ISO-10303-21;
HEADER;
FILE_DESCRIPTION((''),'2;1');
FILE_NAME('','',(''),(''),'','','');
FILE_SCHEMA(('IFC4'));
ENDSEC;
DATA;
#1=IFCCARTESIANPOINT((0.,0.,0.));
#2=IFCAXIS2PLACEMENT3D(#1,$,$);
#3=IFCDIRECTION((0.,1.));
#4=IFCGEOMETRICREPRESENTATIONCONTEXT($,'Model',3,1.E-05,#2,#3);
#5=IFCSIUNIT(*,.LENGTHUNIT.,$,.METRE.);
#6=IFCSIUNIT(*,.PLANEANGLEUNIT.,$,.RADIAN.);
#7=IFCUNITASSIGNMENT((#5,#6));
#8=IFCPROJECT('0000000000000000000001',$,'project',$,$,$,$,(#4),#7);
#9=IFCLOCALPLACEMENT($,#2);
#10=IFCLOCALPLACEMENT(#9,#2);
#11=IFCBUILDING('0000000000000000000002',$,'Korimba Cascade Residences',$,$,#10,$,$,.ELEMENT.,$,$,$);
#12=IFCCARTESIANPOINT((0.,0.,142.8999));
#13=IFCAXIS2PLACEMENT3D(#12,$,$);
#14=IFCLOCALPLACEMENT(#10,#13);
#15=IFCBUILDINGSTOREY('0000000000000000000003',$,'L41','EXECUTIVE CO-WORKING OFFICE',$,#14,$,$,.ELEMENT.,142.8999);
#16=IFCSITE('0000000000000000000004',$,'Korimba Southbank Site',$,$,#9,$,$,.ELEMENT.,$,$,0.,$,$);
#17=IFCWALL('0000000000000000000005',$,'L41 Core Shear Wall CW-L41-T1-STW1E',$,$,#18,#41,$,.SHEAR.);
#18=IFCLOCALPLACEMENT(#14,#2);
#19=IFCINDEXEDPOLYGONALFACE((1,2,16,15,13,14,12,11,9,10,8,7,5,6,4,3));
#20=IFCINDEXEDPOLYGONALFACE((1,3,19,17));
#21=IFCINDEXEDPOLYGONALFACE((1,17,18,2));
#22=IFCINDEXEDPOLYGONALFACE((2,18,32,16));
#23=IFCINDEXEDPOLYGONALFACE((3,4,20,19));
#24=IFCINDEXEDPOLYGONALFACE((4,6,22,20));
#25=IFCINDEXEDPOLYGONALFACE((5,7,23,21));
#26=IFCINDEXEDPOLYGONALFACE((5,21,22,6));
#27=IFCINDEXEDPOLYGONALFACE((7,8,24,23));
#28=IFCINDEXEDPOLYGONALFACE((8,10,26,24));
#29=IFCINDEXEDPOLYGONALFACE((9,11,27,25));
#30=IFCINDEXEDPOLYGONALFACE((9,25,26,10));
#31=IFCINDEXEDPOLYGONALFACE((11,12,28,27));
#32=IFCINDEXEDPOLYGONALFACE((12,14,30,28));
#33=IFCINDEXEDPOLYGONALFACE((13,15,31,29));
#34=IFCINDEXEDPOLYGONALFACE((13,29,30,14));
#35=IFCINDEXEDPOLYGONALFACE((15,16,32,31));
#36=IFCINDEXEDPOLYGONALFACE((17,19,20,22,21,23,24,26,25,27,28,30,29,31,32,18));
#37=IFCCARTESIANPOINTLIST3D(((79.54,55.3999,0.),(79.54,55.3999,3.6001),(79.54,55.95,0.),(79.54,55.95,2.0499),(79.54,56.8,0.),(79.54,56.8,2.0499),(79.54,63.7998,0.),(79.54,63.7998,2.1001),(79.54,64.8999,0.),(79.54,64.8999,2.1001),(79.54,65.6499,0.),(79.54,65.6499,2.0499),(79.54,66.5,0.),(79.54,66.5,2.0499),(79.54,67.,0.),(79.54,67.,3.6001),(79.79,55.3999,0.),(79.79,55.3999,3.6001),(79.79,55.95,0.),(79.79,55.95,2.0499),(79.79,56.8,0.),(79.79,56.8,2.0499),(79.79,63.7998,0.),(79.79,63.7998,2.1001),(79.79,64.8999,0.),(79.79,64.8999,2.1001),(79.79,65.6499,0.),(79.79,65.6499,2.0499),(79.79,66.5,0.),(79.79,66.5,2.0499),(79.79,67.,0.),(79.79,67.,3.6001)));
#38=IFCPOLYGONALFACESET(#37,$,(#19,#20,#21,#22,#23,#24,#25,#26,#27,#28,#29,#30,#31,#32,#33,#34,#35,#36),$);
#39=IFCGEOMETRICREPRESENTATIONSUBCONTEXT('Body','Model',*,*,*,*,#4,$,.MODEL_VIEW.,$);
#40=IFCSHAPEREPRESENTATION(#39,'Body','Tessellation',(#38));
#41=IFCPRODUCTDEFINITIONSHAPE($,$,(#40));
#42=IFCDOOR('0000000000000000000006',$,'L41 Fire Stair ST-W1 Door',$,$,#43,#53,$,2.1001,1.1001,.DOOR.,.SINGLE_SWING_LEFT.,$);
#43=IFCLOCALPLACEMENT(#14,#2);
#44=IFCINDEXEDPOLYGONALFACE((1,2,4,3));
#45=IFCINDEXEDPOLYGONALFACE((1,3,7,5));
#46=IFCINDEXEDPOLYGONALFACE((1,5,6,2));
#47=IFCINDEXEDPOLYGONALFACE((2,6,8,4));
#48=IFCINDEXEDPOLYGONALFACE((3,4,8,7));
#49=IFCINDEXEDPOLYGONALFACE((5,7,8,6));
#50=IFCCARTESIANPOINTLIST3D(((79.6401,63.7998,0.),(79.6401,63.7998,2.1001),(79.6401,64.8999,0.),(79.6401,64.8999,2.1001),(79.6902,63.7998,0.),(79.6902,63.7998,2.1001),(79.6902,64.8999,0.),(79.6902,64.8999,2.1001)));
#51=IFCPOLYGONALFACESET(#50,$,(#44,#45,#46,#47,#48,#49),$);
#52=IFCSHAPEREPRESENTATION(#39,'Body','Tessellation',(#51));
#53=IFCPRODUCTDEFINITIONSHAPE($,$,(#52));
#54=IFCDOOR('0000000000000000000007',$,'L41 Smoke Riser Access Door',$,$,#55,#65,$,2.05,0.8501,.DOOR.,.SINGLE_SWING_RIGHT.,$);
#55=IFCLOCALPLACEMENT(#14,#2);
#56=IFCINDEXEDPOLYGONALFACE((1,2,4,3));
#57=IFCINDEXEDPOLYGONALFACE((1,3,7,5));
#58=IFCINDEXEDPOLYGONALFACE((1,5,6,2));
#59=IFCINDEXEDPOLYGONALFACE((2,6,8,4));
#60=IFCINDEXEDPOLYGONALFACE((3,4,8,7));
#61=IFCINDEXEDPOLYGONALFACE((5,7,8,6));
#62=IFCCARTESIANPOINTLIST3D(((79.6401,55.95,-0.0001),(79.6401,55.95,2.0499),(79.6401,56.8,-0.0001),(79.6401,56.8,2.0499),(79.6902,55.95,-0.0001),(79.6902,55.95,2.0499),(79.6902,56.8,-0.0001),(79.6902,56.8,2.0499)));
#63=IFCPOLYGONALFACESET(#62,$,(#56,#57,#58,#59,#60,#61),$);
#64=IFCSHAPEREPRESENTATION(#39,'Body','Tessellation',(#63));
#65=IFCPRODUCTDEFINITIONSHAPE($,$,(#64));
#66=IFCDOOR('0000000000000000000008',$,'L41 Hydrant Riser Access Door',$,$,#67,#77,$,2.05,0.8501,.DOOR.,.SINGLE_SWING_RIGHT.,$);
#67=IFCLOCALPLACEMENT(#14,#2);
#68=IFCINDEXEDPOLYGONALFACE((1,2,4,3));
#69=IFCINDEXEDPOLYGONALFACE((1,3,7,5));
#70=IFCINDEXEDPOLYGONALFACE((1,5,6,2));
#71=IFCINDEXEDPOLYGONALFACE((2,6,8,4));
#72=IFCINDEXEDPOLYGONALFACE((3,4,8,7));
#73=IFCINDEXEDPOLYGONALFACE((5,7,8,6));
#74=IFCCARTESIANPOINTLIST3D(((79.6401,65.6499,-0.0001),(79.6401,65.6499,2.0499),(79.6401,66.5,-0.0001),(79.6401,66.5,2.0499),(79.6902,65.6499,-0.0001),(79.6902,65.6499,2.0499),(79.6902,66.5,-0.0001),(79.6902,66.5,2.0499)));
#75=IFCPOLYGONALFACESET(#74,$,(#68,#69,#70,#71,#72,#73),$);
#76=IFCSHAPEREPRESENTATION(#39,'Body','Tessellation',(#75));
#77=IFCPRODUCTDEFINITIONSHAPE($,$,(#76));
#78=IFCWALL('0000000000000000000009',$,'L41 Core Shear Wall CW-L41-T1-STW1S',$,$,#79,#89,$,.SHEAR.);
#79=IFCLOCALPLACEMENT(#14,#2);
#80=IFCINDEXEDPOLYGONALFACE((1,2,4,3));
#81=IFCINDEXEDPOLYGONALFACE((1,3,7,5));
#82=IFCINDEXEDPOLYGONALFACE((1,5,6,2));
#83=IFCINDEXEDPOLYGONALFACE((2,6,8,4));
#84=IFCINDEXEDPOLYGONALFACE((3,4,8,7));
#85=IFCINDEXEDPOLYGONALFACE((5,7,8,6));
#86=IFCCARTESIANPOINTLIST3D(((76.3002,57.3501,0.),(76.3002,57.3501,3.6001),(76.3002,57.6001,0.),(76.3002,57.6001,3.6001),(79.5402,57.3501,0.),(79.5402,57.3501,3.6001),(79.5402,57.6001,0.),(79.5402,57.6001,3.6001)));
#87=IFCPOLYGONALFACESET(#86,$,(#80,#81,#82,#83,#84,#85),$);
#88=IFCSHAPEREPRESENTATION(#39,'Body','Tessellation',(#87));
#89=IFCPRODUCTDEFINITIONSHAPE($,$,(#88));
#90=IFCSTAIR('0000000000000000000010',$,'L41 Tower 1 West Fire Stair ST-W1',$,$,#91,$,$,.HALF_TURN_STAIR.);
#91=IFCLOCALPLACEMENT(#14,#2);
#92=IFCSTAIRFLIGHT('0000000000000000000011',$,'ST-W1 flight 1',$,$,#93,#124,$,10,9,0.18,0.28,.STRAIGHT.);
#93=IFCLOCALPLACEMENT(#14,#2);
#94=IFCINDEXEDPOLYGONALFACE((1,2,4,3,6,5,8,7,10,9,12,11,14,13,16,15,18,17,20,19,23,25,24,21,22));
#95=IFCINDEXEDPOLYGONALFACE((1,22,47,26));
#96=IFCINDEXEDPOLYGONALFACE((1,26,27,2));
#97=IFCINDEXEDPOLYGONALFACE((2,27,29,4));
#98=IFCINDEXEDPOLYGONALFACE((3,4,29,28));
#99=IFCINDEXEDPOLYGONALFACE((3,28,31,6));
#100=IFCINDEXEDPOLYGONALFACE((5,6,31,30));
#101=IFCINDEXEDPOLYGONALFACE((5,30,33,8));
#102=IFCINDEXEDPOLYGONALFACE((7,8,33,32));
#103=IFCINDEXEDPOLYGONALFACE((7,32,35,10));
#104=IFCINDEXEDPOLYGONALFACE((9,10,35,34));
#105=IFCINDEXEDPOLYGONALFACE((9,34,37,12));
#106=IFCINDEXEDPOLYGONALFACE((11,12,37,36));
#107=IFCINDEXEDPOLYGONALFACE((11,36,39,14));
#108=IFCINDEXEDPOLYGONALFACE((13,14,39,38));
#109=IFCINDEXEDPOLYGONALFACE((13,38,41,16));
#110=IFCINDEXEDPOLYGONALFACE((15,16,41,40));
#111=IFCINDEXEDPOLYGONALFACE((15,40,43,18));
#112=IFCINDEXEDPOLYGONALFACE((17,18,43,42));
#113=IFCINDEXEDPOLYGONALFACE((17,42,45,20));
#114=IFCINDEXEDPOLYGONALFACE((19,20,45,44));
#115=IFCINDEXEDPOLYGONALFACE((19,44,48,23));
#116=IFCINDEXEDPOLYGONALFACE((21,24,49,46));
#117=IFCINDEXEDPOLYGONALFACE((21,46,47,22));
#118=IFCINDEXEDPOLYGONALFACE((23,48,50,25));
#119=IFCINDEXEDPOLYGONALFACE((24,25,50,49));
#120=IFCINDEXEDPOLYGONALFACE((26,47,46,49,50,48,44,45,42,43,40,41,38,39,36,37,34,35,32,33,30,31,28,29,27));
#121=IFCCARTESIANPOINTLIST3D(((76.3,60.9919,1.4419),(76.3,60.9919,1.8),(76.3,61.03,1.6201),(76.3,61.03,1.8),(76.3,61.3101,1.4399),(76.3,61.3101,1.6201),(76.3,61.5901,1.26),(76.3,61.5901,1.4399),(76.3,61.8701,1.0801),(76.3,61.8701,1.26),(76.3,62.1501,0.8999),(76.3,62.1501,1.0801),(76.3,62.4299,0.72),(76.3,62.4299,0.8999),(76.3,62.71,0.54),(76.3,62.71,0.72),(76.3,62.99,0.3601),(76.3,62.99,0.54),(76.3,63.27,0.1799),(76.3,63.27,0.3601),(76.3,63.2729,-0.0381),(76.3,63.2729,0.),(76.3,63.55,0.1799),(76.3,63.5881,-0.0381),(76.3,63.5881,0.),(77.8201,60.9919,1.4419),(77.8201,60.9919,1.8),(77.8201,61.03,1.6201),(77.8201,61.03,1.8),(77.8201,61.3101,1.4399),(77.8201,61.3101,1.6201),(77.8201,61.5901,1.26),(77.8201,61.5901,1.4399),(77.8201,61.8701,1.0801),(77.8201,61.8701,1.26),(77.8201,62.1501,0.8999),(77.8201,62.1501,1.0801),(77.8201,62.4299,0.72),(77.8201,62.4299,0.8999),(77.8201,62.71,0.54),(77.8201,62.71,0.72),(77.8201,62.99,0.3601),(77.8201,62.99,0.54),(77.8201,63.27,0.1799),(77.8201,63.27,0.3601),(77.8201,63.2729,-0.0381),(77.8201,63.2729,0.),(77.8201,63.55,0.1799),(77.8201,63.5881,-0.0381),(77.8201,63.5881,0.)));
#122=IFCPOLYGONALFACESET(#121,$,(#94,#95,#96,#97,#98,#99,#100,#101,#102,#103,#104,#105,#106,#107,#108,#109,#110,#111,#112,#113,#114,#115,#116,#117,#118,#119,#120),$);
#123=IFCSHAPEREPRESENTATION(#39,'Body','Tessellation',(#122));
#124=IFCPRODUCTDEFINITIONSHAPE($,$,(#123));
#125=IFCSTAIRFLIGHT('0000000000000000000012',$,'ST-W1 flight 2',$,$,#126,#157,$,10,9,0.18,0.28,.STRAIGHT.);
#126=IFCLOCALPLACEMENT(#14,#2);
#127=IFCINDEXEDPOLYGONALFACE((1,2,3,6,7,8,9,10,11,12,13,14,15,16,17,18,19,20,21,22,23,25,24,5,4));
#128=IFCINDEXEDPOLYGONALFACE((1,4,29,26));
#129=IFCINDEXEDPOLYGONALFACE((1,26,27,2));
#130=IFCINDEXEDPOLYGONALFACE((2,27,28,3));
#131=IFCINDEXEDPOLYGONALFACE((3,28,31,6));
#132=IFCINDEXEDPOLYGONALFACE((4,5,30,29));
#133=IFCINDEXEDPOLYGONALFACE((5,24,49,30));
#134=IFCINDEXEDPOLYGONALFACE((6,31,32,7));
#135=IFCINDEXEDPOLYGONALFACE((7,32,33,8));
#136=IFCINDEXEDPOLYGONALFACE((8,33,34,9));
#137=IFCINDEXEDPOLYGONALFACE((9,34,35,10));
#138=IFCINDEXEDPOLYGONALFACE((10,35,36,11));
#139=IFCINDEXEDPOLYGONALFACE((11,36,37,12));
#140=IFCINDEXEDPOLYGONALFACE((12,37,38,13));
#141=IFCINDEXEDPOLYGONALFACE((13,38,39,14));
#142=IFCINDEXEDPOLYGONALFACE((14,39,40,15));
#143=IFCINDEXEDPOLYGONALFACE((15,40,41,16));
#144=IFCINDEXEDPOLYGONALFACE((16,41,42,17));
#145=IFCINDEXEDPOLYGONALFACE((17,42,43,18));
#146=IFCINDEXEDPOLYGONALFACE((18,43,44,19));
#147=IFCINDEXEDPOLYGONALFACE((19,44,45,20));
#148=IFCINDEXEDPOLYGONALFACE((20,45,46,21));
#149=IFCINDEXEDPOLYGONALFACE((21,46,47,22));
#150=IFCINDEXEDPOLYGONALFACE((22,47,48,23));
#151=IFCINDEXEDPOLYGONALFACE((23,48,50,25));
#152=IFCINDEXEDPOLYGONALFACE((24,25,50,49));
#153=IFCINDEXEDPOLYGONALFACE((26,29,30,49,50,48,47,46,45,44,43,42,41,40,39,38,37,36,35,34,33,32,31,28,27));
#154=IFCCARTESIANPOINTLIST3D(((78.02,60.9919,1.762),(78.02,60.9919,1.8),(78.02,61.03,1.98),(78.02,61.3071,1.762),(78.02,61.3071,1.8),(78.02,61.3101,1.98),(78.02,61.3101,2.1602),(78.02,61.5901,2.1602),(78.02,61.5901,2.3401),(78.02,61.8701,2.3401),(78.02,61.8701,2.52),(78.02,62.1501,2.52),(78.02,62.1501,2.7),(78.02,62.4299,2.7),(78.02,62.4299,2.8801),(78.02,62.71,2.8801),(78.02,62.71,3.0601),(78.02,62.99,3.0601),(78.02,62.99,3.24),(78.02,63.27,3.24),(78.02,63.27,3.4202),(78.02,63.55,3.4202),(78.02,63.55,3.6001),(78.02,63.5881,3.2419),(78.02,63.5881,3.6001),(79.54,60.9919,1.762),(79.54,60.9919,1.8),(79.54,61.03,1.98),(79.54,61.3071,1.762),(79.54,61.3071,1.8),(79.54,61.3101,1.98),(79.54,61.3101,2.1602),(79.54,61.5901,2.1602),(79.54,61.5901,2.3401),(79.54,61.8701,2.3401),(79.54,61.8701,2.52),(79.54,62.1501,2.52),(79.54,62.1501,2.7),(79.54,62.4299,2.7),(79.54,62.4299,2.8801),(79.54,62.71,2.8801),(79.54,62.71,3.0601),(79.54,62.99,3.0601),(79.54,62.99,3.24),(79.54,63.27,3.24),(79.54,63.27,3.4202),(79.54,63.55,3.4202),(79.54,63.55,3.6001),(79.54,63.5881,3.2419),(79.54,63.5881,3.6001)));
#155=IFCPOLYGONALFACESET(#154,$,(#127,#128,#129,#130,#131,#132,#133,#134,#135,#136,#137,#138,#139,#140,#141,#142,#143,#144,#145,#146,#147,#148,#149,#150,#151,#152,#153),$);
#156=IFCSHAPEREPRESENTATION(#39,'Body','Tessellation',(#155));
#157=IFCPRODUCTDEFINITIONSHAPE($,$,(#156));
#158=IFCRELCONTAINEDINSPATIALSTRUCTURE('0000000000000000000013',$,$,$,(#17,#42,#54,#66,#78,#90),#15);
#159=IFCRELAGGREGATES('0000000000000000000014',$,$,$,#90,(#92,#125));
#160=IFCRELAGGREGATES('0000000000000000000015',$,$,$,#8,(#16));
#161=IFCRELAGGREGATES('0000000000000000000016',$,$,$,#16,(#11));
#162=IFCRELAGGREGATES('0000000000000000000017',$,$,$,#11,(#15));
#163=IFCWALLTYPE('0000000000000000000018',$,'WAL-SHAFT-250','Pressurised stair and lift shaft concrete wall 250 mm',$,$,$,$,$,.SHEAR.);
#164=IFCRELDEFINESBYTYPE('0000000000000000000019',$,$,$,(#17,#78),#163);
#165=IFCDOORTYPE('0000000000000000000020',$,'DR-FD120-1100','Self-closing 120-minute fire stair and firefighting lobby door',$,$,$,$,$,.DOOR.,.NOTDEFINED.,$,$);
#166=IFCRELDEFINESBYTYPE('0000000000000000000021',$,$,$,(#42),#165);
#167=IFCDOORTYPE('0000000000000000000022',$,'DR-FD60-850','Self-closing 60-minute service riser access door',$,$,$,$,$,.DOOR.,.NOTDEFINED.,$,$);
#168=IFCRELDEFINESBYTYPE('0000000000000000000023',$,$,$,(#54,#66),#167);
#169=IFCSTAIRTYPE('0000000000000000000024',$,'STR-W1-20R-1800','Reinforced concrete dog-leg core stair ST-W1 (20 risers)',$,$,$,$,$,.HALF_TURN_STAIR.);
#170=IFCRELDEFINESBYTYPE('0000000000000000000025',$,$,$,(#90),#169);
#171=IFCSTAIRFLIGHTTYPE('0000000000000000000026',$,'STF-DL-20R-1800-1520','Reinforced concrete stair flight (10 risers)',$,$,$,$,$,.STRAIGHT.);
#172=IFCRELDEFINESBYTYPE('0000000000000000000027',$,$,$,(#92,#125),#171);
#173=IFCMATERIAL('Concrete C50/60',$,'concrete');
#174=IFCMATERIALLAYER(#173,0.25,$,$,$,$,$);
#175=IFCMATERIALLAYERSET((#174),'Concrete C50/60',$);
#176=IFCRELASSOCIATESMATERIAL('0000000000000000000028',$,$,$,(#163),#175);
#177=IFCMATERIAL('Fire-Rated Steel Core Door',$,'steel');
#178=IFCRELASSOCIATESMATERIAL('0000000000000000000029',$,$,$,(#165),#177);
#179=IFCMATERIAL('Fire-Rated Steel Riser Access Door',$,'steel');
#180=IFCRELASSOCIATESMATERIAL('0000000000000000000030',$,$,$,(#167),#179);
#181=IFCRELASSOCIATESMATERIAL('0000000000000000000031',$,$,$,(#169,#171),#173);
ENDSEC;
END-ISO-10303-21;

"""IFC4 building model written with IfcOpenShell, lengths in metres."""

from ifc_helpers import new_model, si_unit, direction, frame, frame_2d, origin, place, context, subcontext, project, spatial, polyline, rectangle, outline, extrude, material, layer, layer_set, type_object, element, fill, aggregate, save


model = new_model("IFC4")

# Units and contexts
model_context = context("Model", 3, precision=1e-05, world=origin(), true_north=direction((0.0, 1.0)))
body_context = subcontext(model_context, "Body", "Model", "MODEL_VIEW")
ifc_project = project(units=[si_unit("LENGTHUNIT", "METRE"), si_unit("PLANEANGLEUNIT", "RADIAN")], contexts=[model_context])

# Site, building, storey
site_placement = place(None, origin())
site = spatial("IfcSite", under=ifc_project, at=site_placement, Name="Korimba Southbank Site", CompositionType="ELEMENT", RefElevation=0.0)
building_placement = place(site_placement, origin())
building = spatial("IfcBuilding", under=site, at=building_placement, Name="Korimba Cascade Residences", CompositionType="ELEMENT")
storey_placement = place(building_placement, frame((0.0, 0.0, 142.8999)))
storey = spatial("IfcBuildingStorey", under=building, at=storey_placement, Name="L41", Description="EXECUTIVE CO-WORKING OFFICE", CompositionType="ELEMENT", Elevation=142.8999)

# Wall, openings, doors
ifc_material_1 = material(Name="Concrete C50/60", Category="concrete")
ifc_layer_1 = layer(ifc_material_1, 0.25)
ifc_layer_set_1 = layer_set([ifc_layer_1], Name="Concrete C50/60")
wall_type_1 = type_object("IfcWallType", Name="WAL-SHAFT-250", Description="Pressurised stair and lift shaft concrete wall 250 mm", PredefinedType="SHEAR", material=ifc_layer_set_1)
wall_1_placement = place(storey_placement, frame((79.665, 55.3999, 0.0), z_axis=(0.0, 0.0, 1.0), x_axis=(0.0, 1.0, 0.0)))
wall_1 = element("IfcWall", 1, at=wall_1_placement, inside=storey, type_object=wall_type_1, Name="L41 Core Shear Wall CW-L41-T1-STW1E", PredefinedType="SHEAR", context=body_context, shape_type="SweptSolid", body=[
    extrude(rectangle(XDim=11.6001, YDim=0.25, at=frame_2d((5.8, 0.0))), origin(), (0.0, 0.0, 1.0), 3.6001),
])
opening_1_placement = place(wall_1_placement, frame((0.55, 0.0, 0.0)))
opening_1 = element("IfcOpeningElement", 2, at=opening_1_placement, cuts=wall_1, PredefinedType="OPENING", context=body_context, shape_type="SweptSolid", body=[
    extrude(rectangle(XDim=0.8501, YDim=2.05, at=frame_2d((0.425, 1.0249))), frame((0.0, 0.135, 0.0), z_axis=(0.0, -1.0, 0.0), x_axis=(1.0, 0.0, 0.0)), (0.0, 0.0, 1.0), 0.27),
])
opening_2_placement = place(wall_1_placement, frame((8.3999, 0.0, 0.0)))
opening_2 = element("IfcOpeningElement", 3, at=opening_2_placement, cuts=wall_1, PredefinedType="OPENING", context=body_context, shape_type="SweptSolid", body=[
    extrude(rectangle(XDim=1.1001, YDim=2.1001, at=frame_2d((0.55, 1.05))), frame((0.0, 0.135, 0.0), z_axis=(0.0, -1.0, 0.0), x_axis=(1.0, 0.0, 0.0)), (0.0, 0.0, 1.0), 0.27),
])
opening_3_placement = place(wall_1_placement, frame((10.25, 0.0, 0.0)))
opening_3 = element("IfcOpeningElement", 4, at=opening_3_placement, cuts=wall_1, PredefinedType="OPENING", context=body_context, shape_type="SweptSolid", body=[
    extrude(rectangle(XDim=0.8501, YDim=2.05, at=frame_2d((0.425, 1.0249))), frame((0.0, 0.135, 0.0), z_axis=(0.0, -1.0, 0.0), x_axis=(1.0, 0.0, 0.0)), (0.0, 0.0, 1.0), 0.27),
])
ifc_material_2 = material(Name="Fire-Rated Steel Core Door", Category="steel")
door_type_1 = type_object("IfcDoorType", Name="DR-FD120-1100", Description="Self-closing 120-minute fire stair and firefighting lobby door", OperationType="NOTDEFINED", PredefinedType="DOOR", material=ifc_material_2)
door_1_placement = place(opening_2_placement, origin())
door_1 = element("IfcDoor", 5, at=door_1_placement, inside=storey, type_object=door_type_1, Name="L41 Fire Stair ST-W1 Door", OperationType="SINGLE_SWING_LEFT", OverallHeight=2.1001, OverallWidth=1.1001, PredefinedType="DOOR", context=body_context, shape_type="SweptSolid", body=[
    extrude(rectangle(XDim=1.1001, YDim=2.1001, at=frame_2d((0.55, 1.05))), frame((0.0, 0.0249, 0.0), z_axis=(0.0, -1.0, 0.0), x_axis=(1.0, 0.0, 0.0)), (0.0, 0.0, 1.0), 0.05),
])
fill(opening_2, door_1)
ifc_material_3 = material(Name="Fire-Rated Steel Riser Access Door", Category="steel")
door_type_2 = type_object("IfcDoorType", Name="DR-FD60-850", Description="Self-closing 60-minute service riser access door", OperationType="NOTDEFINED", PredefinedType="DOOR", material=ifc_material_3)
door_2_placement = place(opening_1_placement, origin())
door_2 = element("IfcDoor", 6, at=door_2_placement, inside=storey, type_object=door_type_2, Name="L41 Smoke Riser Access Door", OperationType="SINGLE_SWING_RIGHT", OverallHeight=2.05, OverallWidth=0.8501, PredefinedType="DOOR", context=body_context, shape_type="SweptSolid", body=[
    extrude(rectangle(XDim=0.8501, YDim=2.05, at=frame_2d((0.425, 1.0249))), frame((0.0, 0.0249, 0.0), z_axis=(0.0, -1.0, 0.0), x_axis=(1.0, 0.0, 0.0)), (0.0, 0.0, 1.0), 0.05),
])
fill(opening_1, door_2)
door_3_placement = place(opening_3_placement, origin())
door_3 = element("IfcDoor", 7, at=door_3_placement, inside=storey, type_object=door_type_2, Name="L41 Hydrant Riser Access Door", OperationType="SINGLE_SWING_RIGHT", OverallHeight=2.05, OverallWidth=0.8501, PredefinedType="DOOR", context=body_context, shape_type="SweptSolid", body=[
    extrude(rectangle(XDim=0.8501, YDim=2.05, at=frame_2d((0.425, 1.0249))), frame((0.0, 0.0249, 0.0), z_axis=(0.0, -1.0, 0.0), x_axis=(1.0, 0.0, 0.0)), (0.0, 0.0, 1.0), 0.05),
])
fill(opening_3, door_3)

# Wall
wall_2_placement = place(storey_placement, frame((76.3, 57.4751, 0.0), z_axis=(0.0, 0.0, 1.0), x_axis=(1.0, 0.0, 0.0)))
element("IfcWall", 8, at=wall_2_placement, inside=storey, type_object=wall_type_1, Name="L41 Core Shear Wall CW-L41-T1-STW1S", PredefinedType="SHEAR", context=body_context, shape_type="SweptSolid", body=[
    extrude(rectangle(XDim=3.24, YDim=0.25, at=frame_2d((1.6201, 0.0))), origin(), (0.0, 0.0, 1.0), 3.6001),
])

# Stair, stair flights
stair_type = type_object("IfcStairType", Name="STR-W1-20R-1800", Description="Reinforced concrete dog-leg core stair ST-W1 (20 risers)", PredefinedType="HALF_TURN_STAIR", material=ifc_material_1)
stair_placement = place(storey_placement, origin())
stair = element("IfcStair", 9, at=stair_placement, inside=storey, type_object=stair_type, Name="L41 Tower 1 West Fire Stair ST-W1", PredefinedType="HALF_TURN_STAIR")
stair_flight_type = type_object("IfcStairFlightType", Name="STF-DL-20R-1800-1520", Description="Reinforced concrete stair flight (10 risers)", PredefinedType="STRAIGHT", material=ifc_material_1)
stair_flight_1_placement = place(storey_placement, frame((77.0601, 63.55, 0.0), z_axis=(0.0, 0.0, 1.0), x_axis=(0.0, -1.0, 0.0)))
stair_flight_1 = element("IfcStairFlight", 10, at=stair_flight_1_placement, type_object=stair_flight_type, Name="ST-W1 flight 1", NumberOfRisers=10, NumberOfTreads=9, PredefinedType="STRAIGHT", RiserHeight=0.18, TreadLength=0.28, context=body_context, shape_type="SweptSolid", body=[
    extrude(outline(polyline([(-0.0381, 0.0), (0.0, 0.1799), (0.28, 0.1799), (0.28, 0.3601), (0.5601, 0.3601), (0.5601, 0.54), (0.8401, 0.54), (0.8401, 0.72), (1.1201, 0.72), (1.1201, 0.8999), (1.3999, 0.8999), (1.3999, 1.0801), (1.6799, 1.0801), (1.6799, 1.26), (1.96, 1.26), (1.96, 1.4399), (2.24, 1.4399), (2.24, 1.6201), (2.52, 1.6201), (2.52, 1.8), (2.5581, 1.8), (2.5581, 1.4419), (0.2771, 0.0), (0.2771, -0.0381), (-0.0381, -0.0381), (-0.0381, 0.0)])), frame((0.0, 0.76, 0.0), z_axis=(0.0, -1.0, 0.0), x_axis=(1.0, 0.0, 0.0)), (0.0, 0.0, 1.0), 1.52),
])
stair_flight_2_placement = place(storey_placement, frame((78.78, 61.03, 1.8), z_axis=(0.0, 0.0, 1.0), x_axis=(0.0, 1.0, 0.0)))
stair_flight_2 = element("IfcStairFlight", 11, at=stair_flight_2_placement, type_object=stair_flight_type, Name="ST-W1 flight 2", NumberOfRisers=10, NumberOfTreads=9, PredefinedType="STRAIGHT", RiserHeight=0.18, TreadLength=0.28, context=body_context, shape_type="SweptSolid", body=[
    extrude(outline(polyline([(-0.0381, 0.0), (0.0, 0.1799), (0.28, 0.1799), (0.28, 0.3601), (0.5601, 0.3601), (0.5601, 0.54), (0.8401, 0.54), (0.8401, 0.72), (1.1201, 0.72), (1.1201, 0.8999), (1.3999, 0.8999), (1.3999, 1.0801), (1.6799, 1.0801), (1.6799, 1.26), (1.96, 1.26), (1.96, 1.4399), (2.24, 1.4399), (2.24, 1.6201), (2.52, 1.6201), (2.52, 1.8), (2.5581, 1.8), (2.5581, 1.4419), (0.2771, 0.0), (0.2771, -0.0381), (-0.0381, -0.0381), (-0.0381, 0.0)])), frame((0.0, 0.76, 0.0), z_axis=(0.0, -1.0, 0.0), x_axis=(1.0, 0.0, 0.0)), (0.0, 0.0, 1.0), 1.52),
])
aggregate(stair, [stair_flight_1, stair_flight_2])

save(model, "model.ifc")
